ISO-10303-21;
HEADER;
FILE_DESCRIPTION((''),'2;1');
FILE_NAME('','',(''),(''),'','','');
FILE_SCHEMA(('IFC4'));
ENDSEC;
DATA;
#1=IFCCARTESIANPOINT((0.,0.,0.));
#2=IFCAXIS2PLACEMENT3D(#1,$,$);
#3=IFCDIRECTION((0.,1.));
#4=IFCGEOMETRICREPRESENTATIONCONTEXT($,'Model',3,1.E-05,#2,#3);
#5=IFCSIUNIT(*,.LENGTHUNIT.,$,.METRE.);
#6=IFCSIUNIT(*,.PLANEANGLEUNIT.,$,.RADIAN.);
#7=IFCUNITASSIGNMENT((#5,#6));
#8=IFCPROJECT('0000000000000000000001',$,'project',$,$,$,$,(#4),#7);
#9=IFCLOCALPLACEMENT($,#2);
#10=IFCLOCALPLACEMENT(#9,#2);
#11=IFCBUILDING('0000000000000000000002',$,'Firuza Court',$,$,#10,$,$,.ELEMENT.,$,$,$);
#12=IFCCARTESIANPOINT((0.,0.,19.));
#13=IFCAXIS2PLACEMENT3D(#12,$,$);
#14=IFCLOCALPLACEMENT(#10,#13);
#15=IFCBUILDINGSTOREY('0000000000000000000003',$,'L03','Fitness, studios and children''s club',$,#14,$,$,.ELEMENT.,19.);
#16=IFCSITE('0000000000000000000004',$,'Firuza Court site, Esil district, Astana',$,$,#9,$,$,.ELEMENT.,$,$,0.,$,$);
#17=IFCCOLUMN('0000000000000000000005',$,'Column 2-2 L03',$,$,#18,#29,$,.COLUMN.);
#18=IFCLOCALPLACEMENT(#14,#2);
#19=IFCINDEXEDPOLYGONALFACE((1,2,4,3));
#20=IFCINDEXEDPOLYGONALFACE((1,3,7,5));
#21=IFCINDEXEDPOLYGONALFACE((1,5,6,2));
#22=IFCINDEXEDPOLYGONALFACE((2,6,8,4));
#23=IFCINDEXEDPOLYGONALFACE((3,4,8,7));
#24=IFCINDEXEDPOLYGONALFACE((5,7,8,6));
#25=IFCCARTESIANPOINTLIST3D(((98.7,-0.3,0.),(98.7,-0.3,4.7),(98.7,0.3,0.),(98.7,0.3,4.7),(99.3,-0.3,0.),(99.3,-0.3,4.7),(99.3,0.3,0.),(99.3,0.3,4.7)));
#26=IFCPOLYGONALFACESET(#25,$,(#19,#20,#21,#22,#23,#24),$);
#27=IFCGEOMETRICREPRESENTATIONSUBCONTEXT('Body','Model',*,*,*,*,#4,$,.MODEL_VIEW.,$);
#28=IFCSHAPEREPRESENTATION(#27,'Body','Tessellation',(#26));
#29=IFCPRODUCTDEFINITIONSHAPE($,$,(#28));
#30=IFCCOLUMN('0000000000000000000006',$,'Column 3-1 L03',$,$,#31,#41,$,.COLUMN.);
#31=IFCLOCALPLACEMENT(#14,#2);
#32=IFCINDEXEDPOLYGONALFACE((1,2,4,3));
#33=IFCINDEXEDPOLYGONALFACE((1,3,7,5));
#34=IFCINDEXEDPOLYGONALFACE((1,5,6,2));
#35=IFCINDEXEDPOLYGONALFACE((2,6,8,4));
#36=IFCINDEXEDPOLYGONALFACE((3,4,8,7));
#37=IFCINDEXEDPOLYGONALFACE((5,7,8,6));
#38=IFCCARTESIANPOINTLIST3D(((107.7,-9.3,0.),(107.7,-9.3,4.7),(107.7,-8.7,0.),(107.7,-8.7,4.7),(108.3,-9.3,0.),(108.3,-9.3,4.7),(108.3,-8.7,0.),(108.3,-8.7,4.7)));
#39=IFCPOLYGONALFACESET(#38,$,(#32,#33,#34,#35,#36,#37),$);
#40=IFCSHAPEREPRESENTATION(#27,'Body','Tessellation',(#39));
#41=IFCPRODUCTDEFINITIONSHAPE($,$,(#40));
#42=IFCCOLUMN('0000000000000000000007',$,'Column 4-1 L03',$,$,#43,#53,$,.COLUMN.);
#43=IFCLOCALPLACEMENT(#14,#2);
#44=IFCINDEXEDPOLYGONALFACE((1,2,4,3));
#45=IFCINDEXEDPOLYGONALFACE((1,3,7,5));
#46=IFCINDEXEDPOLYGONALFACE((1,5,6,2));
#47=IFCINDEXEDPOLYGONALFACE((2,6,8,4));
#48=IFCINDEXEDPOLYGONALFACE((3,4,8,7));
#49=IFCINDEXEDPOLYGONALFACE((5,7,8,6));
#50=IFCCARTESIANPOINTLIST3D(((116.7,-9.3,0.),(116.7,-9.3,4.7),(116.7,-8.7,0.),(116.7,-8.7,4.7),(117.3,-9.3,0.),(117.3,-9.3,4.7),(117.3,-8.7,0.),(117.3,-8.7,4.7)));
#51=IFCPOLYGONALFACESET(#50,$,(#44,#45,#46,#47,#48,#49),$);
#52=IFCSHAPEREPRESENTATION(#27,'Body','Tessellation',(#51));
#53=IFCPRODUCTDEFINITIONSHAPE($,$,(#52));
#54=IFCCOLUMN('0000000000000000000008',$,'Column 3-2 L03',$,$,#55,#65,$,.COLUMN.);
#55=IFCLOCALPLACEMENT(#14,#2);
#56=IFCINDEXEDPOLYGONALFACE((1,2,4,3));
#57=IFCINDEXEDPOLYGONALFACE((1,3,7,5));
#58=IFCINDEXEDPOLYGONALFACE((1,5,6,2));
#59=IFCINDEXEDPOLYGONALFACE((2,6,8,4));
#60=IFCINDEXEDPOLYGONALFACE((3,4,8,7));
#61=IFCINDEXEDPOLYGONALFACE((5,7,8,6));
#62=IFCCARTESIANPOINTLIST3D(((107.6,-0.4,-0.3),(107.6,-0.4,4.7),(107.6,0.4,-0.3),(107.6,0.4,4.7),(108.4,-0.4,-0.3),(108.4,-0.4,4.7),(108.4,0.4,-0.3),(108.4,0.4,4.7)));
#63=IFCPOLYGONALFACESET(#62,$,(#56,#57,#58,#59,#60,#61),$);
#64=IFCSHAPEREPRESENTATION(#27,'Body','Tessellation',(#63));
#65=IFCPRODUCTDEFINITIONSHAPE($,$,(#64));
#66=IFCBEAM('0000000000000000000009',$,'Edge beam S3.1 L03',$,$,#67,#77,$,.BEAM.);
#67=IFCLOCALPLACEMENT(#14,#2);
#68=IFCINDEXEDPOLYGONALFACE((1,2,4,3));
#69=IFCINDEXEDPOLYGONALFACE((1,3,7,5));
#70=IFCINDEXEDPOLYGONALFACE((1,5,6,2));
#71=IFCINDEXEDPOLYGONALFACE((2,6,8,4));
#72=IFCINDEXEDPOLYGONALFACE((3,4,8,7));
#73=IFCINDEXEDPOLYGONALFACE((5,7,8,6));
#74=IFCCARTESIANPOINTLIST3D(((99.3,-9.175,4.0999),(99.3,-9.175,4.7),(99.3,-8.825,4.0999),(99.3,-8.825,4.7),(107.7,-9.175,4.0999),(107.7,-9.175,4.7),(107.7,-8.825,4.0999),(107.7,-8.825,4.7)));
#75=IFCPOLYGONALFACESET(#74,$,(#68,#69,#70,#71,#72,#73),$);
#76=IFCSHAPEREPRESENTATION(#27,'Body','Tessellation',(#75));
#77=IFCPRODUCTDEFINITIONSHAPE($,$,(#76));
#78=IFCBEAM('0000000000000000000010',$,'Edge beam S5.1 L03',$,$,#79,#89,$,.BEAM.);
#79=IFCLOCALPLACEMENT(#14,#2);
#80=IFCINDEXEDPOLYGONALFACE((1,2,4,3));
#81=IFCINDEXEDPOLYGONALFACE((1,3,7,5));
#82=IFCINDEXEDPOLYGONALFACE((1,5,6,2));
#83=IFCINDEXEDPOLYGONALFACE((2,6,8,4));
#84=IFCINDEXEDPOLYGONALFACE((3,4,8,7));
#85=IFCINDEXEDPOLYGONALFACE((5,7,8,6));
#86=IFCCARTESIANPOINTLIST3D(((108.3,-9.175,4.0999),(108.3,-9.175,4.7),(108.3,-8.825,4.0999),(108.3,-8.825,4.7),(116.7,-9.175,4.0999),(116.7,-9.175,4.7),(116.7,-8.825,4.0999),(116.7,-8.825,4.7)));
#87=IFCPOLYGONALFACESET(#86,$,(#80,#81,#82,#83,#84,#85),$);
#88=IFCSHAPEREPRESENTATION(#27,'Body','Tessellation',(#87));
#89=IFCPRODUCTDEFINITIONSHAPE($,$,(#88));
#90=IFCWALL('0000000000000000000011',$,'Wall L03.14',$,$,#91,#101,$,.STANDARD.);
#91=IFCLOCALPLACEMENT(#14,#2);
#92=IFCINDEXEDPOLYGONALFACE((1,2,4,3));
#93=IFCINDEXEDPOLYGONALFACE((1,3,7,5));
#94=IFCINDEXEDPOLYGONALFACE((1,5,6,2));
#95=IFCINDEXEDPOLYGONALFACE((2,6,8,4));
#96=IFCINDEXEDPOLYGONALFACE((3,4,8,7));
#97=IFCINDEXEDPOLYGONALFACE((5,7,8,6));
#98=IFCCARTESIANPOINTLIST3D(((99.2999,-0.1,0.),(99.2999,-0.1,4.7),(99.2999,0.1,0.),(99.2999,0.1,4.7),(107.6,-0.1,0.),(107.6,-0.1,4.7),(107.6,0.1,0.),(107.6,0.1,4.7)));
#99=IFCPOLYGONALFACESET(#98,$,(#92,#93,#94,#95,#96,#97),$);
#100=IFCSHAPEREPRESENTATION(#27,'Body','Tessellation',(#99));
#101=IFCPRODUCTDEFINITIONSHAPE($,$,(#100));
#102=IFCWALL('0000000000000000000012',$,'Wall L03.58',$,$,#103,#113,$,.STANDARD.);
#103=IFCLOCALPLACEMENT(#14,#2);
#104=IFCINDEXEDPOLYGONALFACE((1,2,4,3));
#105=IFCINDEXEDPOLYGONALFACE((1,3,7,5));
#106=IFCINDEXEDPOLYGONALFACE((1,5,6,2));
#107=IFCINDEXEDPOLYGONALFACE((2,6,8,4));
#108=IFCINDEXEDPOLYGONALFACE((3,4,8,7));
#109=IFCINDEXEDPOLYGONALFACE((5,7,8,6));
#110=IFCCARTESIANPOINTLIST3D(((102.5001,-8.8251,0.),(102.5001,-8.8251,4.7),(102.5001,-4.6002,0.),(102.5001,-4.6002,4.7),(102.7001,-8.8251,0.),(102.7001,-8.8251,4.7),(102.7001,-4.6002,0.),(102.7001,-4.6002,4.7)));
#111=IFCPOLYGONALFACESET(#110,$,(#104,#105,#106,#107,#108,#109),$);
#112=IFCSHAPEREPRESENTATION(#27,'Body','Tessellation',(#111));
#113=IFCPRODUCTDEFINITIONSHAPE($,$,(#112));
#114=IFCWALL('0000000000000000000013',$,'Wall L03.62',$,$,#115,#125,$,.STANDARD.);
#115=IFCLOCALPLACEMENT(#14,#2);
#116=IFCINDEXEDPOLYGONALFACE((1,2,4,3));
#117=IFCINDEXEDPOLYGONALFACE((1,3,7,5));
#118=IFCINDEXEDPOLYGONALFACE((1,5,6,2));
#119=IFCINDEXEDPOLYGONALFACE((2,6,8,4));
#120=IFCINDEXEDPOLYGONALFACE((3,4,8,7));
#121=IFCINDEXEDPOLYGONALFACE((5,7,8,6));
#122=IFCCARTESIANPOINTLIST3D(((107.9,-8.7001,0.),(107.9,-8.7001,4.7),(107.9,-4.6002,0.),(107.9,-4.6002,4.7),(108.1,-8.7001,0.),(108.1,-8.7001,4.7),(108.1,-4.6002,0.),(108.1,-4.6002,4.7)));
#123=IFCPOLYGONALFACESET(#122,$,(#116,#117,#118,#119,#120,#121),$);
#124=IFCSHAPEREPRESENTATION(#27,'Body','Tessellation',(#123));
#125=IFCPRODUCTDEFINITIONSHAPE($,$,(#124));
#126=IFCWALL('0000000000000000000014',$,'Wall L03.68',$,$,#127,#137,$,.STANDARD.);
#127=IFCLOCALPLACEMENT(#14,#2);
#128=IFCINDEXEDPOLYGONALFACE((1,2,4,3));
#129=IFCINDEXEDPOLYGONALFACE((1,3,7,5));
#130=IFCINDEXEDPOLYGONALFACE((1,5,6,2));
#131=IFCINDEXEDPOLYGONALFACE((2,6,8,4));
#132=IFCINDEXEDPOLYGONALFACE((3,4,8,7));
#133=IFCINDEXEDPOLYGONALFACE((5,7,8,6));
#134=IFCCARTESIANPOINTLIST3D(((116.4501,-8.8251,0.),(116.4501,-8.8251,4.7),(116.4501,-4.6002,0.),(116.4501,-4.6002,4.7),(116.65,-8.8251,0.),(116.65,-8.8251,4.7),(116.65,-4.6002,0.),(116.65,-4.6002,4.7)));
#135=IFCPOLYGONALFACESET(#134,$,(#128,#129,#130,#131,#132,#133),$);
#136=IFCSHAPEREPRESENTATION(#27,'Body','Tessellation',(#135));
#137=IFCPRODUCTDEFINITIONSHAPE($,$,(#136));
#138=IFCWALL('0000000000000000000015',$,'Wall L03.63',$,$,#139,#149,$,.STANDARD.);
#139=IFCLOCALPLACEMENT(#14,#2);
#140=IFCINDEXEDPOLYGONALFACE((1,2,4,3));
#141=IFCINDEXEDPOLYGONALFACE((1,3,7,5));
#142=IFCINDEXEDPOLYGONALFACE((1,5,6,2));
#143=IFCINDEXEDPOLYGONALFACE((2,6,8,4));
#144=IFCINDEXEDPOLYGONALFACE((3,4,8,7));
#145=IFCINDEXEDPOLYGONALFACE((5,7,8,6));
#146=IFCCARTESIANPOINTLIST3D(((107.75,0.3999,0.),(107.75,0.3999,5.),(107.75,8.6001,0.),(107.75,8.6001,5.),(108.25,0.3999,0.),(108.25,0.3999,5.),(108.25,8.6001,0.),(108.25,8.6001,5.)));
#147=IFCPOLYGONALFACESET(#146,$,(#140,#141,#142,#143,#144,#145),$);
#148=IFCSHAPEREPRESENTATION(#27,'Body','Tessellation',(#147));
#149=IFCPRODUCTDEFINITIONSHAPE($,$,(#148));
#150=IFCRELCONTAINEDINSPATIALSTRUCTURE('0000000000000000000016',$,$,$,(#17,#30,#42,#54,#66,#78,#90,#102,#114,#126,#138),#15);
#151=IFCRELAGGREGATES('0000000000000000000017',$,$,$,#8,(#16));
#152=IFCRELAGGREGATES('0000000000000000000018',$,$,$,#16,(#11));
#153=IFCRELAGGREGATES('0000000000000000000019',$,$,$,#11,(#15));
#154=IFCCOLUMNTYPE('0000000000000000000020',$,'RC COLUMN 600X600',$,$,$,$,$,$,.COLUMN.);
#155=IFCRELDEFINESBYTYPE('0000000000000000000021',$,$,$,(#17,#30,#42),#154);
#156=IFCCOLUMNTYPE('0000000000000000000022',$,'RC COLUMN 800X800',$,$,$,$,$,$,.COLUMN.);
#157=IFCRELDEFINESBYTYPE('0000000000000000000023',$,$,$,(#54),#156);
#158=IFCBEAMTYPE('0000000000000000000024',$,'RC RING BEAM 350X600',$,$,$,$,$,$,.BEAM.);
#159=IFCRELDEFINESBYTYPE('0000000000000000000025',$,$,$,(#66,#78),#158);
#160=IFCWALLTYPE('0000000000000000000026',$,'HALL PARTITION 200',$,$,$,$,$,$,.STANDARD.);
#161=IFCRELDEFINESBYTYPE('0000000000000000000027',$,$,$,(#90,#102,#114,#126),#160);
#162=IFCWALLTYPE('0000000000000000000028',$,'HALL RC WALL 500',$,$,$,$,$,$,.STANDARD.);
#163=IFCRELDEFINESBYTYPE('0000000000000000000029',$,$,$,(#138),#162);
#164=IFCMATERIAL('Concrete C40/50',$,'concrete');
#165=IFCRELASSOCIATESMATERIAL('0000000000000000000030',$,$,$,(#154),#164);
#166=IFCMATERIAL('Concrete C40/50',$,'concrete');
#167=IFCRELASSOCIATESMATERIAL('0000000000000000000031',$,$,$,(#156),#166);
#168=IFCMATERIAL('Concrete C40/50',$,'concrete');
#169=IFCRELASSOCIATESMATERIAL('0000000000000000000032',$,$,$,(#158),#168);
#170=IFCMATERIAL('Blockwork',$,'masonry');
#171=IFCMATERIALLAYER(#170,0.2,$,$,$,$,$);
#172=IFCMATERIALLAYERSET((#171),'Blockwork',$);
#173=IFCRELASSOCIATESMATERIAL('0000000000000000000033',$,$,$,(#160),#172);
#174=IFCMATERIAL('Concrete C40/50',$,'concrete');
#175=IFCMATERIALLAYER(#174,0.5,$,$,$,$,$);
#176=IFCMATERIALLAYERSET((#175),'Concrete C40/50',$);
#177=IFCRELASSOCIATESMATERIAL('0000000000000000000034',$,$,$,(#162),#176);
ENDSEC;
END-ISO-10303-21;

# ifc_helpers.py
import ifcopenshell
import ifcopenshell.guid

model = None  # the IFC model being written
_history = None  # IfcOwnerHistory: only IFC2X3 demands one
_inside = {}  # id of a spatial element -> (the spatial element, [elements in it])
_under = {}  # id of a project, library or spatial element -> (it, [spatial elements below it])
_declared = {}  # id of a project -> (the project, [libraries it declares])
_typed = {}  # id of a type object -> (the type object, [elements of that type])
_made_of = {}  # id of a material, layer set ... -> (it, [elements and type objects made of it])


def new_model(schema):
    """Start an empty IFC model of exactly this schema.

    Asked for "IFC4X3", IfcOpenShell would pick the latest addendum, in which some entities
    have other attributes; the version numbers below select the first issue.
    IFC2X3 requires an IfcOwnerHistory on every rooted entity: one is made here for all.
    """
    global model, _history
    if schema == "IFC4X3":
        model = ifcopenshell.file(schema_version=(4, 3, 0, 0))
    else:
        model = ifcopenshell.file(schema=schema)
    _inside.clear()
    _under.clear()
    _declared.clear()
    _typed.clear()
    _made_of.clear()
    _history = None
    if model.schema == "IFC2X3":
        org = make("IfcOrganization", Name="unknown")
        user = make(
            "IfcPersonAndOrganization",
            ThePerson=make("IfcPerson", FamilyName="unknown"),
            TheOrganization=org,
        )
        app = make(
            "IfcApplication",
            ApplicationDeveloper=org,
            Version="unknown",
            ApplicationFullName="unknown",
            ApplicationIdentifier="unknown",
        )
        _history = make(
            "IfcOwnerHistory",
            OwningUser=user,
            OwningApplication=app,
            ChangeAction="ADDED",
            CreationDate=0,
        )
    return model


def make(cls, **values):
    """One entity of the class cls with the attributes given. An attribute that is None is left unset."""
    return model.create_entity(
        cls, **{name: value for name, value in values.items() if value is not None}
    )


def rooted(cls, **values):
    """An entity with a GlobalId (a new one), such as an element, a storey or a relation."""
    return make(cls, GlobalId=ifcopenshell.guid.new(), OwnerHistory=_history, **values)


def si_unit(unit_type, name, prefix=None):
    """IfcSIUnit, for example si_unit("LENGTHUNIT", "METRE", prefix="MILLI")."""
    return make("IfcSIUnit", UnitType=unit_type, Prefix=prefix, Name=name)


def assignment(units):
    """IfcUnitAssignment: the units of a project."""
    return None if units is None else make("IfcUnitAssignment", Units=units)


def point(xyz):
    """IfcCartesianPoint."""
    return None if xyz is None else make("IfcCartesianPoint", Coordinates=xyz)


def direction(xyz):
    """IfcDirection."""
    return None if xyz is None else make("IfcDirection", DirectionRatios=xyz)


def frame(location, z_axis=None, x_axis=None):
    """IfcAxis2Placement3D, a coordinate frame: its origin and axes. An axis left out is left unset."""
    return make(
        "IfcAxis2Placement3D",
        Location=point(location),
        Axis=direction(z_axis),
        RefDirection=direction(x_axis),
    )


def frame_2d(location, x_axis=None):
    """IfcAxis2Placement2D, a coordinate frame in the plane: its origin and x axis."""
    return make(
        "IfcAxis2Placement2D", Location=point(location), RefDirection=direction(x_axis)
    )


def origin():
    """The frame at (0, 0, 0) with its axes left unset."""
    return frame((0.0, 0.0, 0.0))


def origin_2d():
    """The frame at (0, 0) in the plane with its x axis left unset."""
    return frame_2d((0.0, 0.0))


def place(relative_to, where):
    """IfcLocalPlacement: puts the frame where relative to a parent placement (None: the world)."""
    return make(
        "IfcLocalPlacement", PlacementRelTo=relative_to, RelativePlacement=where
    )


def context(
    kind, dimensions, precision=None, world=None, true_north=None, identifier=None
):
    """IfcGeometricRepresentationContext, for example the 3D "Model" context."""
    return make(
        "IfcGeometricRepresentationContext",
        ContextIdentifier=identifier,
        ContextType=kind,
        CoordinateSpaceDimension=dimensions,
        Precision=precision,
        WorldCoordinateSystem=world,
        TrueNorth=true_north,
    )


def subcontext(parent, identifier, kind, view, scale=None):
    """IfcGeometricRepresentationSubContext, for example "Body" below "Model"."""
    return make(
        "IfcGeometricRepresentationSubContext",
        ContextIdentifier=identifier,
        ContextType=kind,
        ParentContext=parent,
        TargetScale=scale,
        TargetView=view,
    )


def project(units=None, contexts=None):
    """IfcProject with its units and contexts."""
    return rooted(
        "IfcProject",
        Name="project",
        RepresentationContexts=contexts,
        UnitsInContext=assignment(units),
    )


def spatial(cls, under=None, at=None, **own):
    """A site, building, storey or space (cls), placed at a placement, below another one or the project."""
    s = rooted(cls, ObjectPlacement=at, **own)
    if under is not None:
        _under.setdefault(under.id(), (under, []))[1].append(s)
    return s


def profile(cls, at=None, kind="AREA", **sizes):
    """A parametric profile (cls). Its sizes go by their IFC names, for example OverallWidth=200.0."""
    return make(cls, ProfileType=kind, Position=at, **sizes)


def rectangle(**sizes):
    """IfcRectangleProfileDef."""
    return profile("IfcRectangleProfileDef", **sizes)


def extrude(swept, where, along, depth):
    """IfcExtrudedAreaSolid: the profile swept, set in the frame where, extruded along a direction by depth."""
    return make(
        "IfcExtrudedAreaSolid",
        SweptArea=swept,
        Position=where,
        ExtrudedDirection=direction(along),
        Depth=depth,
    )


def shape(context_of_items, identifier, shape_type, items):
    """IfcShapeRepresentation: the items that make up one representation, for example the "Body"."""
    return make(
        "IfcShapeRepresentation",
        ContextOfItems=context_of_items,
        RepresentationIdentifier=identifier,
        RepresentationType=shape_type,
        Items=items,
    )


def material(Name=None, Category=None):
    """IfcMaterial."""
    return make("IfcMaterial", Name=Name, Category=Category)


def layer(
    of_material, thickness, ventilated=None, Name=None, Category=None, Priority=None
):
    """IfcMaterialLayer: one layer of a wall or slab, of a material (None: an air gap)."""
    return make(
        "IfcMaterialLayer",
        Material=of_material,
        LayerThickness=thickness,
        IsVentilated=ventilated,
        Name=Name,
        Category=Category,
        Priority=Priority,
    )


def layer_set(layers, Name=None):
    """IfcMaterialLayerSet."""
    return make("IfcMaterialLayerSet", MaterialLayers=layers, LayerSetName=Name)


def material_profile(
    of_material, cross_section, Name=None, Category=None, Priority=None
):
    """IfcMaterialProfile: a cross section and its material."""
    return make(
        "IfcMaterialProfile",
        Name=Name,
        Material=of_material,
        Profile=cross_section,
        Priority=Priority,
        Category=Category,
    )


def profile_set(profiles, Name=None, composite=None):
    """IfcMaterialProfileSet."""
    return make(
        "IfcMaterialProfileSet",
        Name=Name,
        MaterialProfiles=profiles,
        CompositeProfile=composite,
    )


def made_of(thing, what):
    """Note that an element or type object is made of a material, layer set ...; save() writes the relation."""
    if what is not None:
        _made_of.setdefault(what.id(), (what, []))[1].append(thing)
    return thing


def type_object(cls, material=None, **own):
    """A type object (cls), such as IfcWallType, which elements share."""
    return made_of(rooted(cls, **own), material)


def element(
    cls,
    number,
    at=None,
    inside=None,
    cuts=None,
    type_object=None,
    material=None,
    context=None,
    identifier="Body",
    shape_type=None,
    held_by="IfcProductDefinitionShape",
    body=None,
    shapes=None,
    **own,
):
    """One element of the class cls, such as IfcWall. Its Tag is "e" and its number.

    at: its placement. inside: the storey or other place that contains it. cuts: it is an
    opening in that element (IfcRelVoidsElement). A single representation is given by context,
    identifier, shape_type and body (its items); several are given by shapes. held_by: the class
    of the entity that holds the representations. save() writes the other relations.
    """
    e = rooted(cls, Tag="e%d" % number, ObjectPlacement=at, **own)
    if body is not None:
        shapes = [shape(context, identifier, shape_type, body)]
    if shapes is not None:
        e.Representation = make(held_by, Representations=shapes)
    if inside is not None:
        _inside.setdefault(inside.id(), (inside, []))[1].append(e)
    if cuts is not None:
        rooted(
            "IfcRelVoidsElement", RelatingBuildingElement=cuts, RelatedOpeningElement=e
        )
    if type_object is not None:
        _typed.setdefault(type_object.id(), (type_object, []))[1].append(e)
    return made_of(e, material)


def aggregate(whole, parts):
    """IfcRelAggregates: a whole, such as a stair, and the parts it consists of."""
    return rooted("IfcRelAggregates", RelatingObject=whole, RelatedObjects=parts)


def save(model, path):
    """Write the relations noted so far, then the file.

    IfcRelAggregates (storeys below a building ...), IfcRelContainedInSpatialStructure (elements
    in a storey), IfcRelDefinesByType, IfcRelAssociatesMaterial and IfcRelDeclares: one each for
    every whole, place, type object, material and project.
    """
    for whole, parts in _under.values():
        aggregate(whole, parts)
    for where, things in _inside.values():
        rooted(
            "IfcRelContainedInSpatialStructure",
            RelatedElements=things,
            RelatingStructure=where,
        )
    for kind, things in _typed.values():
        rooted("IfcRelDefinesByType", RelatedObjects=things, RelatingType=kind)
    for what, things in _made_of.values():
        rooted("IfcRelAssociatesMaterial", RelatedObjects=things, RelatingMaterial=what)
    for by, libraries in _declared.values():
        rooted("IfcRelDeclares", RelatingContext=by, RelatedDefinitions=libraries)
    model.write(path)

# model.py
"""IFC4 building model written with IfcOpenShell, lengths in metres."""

from ifc_helpers import new_model, si_unit, direction, frame, frame_2d, origin, origin_2d, place, context, subcontext, project, spatial, rectangle, extrude, material, layer, layer_set, material_profile, profile_set, type_object, element, save


model = new_model("IFC4")

# Units and contexts
model_context = context("Model", 3, precision=1e-05, world=origin(), true_north=direction((0.0, 1.0)))
body_context = subcontext(model_context, "Body", "Model", "MODEL_VIEW")
ifc_project = project(units=[si_unit("LENGTHUNIT", "METRE"), si_unit("PLANEANGLEUNIT", "RADIAN")], contexts=[model_context])

# Site, building, storey
site_placement = place(None, origin())
site = spatial("IfcSite", under=ifc_project, at=site_placement, Name="Firuza Court site, Esil district, Astana", CompositionType="ELEMENT", RefElevation=0.0)
building_placement = place(site_placement, origin())
building = spatial("IfcBuilding", under=site, at=building_placement, Name="Firuza Court", CompositionType="ELEMENT")
storey_placement = place(building_placement, frame((0.0, 0.0, 19.0)))
storey = spatial("IfcBuildingStorey", under=building, at=storey_placement, Name="L03", Description="Fitness, studios and children's club", CompositionType="ELEMENT", Elevation=19.0)

# Columns
ifc_material_1 = material(Name="Concrete C40/50", Category="concrete")
ifc_material_profile_1 = material_profile(ifc_material_1, rectangle(XDim=0.6001, YDim=0.6001, at=origin_2d()), Name="RC 600X600")
ifc_profile_set_1 = profile_set([ifc_material_profile_1], Name="Concrete C40/50")
column_type_1 = type_object("IfcColumnType", Name="RC COLUMN 600X600", PredefinedType="COLUMN", material=ifc_profile_set_1)
for number, where, z_axis, x_axis, name in (
    (1, (99.0, 0.0, 0.0), (0.0, 0.0, 1.0), (1.0, 0.0, 0.0), "Column 2-2 L03"),
    (2, (108.0, -9.0, 0.0), (0.0, 0.0, 1.0), (1.0, 0.0, 0.0), "Column 3-1 L03"),
    (3, (117.0, -9.0, 0.0), (0.0, 0.0, 1.0), (1.0, 0.0, 0.0), "Column 4-1 L03"),
):
    element("IfcColumn", number, at=place(storey_placement, frame(where, z_axis=z_axis, x_axis=x_axis)), inside=storey, type_object=column_type_1, Name=name, PredefinedType="COLUMN", context=body_context, shape_type="SweptSolid", body=[
        extrude(rectangle(XDim=0.6001, YDim=0.6001, at=origin_2d()), origin(), (0.0, 0.0, 1.0), 4.7),
    ])
ifc_material_2 = material(Name="Concrete C40/50", Category="concrete")
ifc_material_profile_2 = material_profile(ifc_material_2, rectangle(XDim=0.8, YDim=0.8, at=origin_2d()), Name="RC 800X800")
ifc_profile_set_2 = profile_set([ifc_material_profile_2], Name="Concrete C40/50")
column_type_2 = type_object("IfcColumnType", Name="RC COLUMN 800X800", PredefinedType="COLUMN", material=ifc_profile_set_2)
column_placement = place(storey_placement, frame((108.0, 0.0, -0.3), z_axis=(0.0, 0.0, 1.0), x_axis=(1.0, 0.0, 0.0)))
element("IfcColumn", 4, at=column_placement, inside=storey, type_object=column_type_2, Name="Column 3-2 L03", PredefinedType="COLUMN", context=body_context, shape_type="SweptSolid", body=[
    extrude(rectangle(XDim=0.8, YDim=0.8, at=origin_2d()), origin(), (0.0, 0.0, 1.0), 5.0),
])

# Beams
ifc_material_3 = material(Name="Concrete C40/50", Category="concrete")
ifc_material_profile_3 = material_profile(ifc_material_3, rectangle(XDim=0.3501, YDim=0.6001, at=origin_2d()), Name="RC 350X600")
ifc_profile_set_3 = profile_set([ifc_material_profile_3], Name="Concrete C40/50")
beam_type = type_object("IfcBeamType", Name="RC RING BEAM 350X600", PredefinedType="BEAM", material=ifc_profile_set_3)
for number, where, z_axis, x_axis, name in (
    (5, (99.3, -9.0, 4.3999), (1.0, 0.0, 0.0), (0.0, 1.0, 0.0), "Edge beam S3.1 L03"),
    (6, (108.3, -9.0, 4.3999), (1.0, 0.0, 0.0), (0.0, 1.0, 0.0), "Edge beam S5.1 L03"),
):
    element("IfcBeam", number, at=place(storey_placement, frame(where, z_axis=z_axis, x_axis=x_axis)), inside=storey, type_object=beam_type, Name=name, PredefinedType="BEAM", context=body_context, shape_type="SweptSolid", body=[
        extrude(rectangle(XDim=0.3501, YDim=0.6001, at=origin_2d()), origin(), (0.0, 0.0, 1.0), 8.3999),
    ])

# Walls
ifc_material_4 = material(Name="Blockwork", Category="masonry")
ifc_layer_1 = layer(ifc_material_4, 0.2)
ifc_layer_set_1 = layer_set([ifc_layer_1], Name="Blockwork")
wall_type_1 = type_object("IfcWallType", Name="HALL PARTITION 200", PredefinedType="STANDARD", material=ifc_layer_set_1)
wall_1_placement = place(storey_placement, frame((99.3, 0.0, 0.0), z_axis=(0.0, 0.0, 1.0), x_axis=(1.0, 0.0, 0.0)))
element("IfcWall", 7, at=wall_1_placement, inside=storey, type_object=wall_type_1, Name="Wall L03.14", PredefinedType="STANDARD", context=body_context, shape_type="SweptSolid", body=[
    extrude(rectangle(XDim=8.3, YDim=0.2, at=frame_2d((4.1499, 0.0))), origin(), (0.0, 0.0, 1.0), 4.7),
])
wall_2_placement = place(storey_placement, frame((102.6001, -8.825, 0.0), z_axis=(0.0, 0.0, 1.0), x_axis=(0.0, 1.0, 0.0)))
element("IfcWall", 8, at=wall_2_placement, inside=storey, type_object=wall_type_1, Name="Wall L03.58", PredefinedType="STANDARD", context=body_context, shape_type="SweptSolid", body=[
    extrude(rectangle(XDim=4.2249, YDim=0.2, at=frame_2d((2.1123, 0.0))), origin(), (0.0, 0.0, 1.0), 4.7),
])
wall_3_placement = place(storey_placement, frame((108.0, -8.7, 0.0), z_axis=(0.0, 0.0, 1.0), x_axis=(0.0, 1.0, 0.0)))
element("IfcWall", 9, at=wall_3_placement, inside=storey, type_object=wall_type_1, Name="Wall L03.62", PredefinedType="STANDARD", context=body_context, shape_type="SweptSolid", body=[
    extrude(rectangle(XDim=4.0999, YDim=0.2, at=frame_2d((2.0498, 0.0))), origin(), (0.0, 0.0, 1.0), 4.7),
])
wall_4_placement = place(storey_placement, frame((116.55, -8.825, 0.0), z_axis=(0.0, 0.0, 1.0), x_axis=(0.0, 1.0, 0.0)))
element("IfcWall", 10, at=wall_4_placement, inside=storey, type_object=wall_type_1, Name="Wall L03.68", PredefinedType="STANDARD", context=body_context, shape_type="SweptSolid", body=[
    extrude(rectangle(XDim=4.2249, YDim=0.2, at=frame_2d((2.1123, 0.0))), origin(), (0.0, 0.0, 1.0), 4.7),
])

# Shared definitions
ifc_material_5 = material(Name="Concrete C40/50", Category="concrete")
ifc_layer_2 = layer(ifc_material_5, 0.5)
ifc_layer_set_2 = layer_set([ifc_layer_2], Name="Concrete C40/50")
wall_type_2 = type_object("IfcWallType", Name="HALL RC WALL 500", PredefinedType="STANDARD", material=ifc_layer_set_2)

# Wall
wall_5_placement = place(storey_placement, frame((108.0, 0.3999, 0.0), z_axis=(0.0, 0.0, 1.0), x_axis=(0.0, 1.0, 0.0)))
element("IfcWall", 11, at=wall_5_placement, inside=storey, type_object=wall_type_2, Name="Wall L03.63", PredefinedType="STANDARD", context=body_context, shape_type="SweptSolid", body=[
    extrude(rectangle(XDim=8.2002, YDim=0.5, at=frame_2d((4.1001, 0.0))), origin(), (0.0, 0.0, 1.0), 5.0),
])

save(model, "model.ifc")
